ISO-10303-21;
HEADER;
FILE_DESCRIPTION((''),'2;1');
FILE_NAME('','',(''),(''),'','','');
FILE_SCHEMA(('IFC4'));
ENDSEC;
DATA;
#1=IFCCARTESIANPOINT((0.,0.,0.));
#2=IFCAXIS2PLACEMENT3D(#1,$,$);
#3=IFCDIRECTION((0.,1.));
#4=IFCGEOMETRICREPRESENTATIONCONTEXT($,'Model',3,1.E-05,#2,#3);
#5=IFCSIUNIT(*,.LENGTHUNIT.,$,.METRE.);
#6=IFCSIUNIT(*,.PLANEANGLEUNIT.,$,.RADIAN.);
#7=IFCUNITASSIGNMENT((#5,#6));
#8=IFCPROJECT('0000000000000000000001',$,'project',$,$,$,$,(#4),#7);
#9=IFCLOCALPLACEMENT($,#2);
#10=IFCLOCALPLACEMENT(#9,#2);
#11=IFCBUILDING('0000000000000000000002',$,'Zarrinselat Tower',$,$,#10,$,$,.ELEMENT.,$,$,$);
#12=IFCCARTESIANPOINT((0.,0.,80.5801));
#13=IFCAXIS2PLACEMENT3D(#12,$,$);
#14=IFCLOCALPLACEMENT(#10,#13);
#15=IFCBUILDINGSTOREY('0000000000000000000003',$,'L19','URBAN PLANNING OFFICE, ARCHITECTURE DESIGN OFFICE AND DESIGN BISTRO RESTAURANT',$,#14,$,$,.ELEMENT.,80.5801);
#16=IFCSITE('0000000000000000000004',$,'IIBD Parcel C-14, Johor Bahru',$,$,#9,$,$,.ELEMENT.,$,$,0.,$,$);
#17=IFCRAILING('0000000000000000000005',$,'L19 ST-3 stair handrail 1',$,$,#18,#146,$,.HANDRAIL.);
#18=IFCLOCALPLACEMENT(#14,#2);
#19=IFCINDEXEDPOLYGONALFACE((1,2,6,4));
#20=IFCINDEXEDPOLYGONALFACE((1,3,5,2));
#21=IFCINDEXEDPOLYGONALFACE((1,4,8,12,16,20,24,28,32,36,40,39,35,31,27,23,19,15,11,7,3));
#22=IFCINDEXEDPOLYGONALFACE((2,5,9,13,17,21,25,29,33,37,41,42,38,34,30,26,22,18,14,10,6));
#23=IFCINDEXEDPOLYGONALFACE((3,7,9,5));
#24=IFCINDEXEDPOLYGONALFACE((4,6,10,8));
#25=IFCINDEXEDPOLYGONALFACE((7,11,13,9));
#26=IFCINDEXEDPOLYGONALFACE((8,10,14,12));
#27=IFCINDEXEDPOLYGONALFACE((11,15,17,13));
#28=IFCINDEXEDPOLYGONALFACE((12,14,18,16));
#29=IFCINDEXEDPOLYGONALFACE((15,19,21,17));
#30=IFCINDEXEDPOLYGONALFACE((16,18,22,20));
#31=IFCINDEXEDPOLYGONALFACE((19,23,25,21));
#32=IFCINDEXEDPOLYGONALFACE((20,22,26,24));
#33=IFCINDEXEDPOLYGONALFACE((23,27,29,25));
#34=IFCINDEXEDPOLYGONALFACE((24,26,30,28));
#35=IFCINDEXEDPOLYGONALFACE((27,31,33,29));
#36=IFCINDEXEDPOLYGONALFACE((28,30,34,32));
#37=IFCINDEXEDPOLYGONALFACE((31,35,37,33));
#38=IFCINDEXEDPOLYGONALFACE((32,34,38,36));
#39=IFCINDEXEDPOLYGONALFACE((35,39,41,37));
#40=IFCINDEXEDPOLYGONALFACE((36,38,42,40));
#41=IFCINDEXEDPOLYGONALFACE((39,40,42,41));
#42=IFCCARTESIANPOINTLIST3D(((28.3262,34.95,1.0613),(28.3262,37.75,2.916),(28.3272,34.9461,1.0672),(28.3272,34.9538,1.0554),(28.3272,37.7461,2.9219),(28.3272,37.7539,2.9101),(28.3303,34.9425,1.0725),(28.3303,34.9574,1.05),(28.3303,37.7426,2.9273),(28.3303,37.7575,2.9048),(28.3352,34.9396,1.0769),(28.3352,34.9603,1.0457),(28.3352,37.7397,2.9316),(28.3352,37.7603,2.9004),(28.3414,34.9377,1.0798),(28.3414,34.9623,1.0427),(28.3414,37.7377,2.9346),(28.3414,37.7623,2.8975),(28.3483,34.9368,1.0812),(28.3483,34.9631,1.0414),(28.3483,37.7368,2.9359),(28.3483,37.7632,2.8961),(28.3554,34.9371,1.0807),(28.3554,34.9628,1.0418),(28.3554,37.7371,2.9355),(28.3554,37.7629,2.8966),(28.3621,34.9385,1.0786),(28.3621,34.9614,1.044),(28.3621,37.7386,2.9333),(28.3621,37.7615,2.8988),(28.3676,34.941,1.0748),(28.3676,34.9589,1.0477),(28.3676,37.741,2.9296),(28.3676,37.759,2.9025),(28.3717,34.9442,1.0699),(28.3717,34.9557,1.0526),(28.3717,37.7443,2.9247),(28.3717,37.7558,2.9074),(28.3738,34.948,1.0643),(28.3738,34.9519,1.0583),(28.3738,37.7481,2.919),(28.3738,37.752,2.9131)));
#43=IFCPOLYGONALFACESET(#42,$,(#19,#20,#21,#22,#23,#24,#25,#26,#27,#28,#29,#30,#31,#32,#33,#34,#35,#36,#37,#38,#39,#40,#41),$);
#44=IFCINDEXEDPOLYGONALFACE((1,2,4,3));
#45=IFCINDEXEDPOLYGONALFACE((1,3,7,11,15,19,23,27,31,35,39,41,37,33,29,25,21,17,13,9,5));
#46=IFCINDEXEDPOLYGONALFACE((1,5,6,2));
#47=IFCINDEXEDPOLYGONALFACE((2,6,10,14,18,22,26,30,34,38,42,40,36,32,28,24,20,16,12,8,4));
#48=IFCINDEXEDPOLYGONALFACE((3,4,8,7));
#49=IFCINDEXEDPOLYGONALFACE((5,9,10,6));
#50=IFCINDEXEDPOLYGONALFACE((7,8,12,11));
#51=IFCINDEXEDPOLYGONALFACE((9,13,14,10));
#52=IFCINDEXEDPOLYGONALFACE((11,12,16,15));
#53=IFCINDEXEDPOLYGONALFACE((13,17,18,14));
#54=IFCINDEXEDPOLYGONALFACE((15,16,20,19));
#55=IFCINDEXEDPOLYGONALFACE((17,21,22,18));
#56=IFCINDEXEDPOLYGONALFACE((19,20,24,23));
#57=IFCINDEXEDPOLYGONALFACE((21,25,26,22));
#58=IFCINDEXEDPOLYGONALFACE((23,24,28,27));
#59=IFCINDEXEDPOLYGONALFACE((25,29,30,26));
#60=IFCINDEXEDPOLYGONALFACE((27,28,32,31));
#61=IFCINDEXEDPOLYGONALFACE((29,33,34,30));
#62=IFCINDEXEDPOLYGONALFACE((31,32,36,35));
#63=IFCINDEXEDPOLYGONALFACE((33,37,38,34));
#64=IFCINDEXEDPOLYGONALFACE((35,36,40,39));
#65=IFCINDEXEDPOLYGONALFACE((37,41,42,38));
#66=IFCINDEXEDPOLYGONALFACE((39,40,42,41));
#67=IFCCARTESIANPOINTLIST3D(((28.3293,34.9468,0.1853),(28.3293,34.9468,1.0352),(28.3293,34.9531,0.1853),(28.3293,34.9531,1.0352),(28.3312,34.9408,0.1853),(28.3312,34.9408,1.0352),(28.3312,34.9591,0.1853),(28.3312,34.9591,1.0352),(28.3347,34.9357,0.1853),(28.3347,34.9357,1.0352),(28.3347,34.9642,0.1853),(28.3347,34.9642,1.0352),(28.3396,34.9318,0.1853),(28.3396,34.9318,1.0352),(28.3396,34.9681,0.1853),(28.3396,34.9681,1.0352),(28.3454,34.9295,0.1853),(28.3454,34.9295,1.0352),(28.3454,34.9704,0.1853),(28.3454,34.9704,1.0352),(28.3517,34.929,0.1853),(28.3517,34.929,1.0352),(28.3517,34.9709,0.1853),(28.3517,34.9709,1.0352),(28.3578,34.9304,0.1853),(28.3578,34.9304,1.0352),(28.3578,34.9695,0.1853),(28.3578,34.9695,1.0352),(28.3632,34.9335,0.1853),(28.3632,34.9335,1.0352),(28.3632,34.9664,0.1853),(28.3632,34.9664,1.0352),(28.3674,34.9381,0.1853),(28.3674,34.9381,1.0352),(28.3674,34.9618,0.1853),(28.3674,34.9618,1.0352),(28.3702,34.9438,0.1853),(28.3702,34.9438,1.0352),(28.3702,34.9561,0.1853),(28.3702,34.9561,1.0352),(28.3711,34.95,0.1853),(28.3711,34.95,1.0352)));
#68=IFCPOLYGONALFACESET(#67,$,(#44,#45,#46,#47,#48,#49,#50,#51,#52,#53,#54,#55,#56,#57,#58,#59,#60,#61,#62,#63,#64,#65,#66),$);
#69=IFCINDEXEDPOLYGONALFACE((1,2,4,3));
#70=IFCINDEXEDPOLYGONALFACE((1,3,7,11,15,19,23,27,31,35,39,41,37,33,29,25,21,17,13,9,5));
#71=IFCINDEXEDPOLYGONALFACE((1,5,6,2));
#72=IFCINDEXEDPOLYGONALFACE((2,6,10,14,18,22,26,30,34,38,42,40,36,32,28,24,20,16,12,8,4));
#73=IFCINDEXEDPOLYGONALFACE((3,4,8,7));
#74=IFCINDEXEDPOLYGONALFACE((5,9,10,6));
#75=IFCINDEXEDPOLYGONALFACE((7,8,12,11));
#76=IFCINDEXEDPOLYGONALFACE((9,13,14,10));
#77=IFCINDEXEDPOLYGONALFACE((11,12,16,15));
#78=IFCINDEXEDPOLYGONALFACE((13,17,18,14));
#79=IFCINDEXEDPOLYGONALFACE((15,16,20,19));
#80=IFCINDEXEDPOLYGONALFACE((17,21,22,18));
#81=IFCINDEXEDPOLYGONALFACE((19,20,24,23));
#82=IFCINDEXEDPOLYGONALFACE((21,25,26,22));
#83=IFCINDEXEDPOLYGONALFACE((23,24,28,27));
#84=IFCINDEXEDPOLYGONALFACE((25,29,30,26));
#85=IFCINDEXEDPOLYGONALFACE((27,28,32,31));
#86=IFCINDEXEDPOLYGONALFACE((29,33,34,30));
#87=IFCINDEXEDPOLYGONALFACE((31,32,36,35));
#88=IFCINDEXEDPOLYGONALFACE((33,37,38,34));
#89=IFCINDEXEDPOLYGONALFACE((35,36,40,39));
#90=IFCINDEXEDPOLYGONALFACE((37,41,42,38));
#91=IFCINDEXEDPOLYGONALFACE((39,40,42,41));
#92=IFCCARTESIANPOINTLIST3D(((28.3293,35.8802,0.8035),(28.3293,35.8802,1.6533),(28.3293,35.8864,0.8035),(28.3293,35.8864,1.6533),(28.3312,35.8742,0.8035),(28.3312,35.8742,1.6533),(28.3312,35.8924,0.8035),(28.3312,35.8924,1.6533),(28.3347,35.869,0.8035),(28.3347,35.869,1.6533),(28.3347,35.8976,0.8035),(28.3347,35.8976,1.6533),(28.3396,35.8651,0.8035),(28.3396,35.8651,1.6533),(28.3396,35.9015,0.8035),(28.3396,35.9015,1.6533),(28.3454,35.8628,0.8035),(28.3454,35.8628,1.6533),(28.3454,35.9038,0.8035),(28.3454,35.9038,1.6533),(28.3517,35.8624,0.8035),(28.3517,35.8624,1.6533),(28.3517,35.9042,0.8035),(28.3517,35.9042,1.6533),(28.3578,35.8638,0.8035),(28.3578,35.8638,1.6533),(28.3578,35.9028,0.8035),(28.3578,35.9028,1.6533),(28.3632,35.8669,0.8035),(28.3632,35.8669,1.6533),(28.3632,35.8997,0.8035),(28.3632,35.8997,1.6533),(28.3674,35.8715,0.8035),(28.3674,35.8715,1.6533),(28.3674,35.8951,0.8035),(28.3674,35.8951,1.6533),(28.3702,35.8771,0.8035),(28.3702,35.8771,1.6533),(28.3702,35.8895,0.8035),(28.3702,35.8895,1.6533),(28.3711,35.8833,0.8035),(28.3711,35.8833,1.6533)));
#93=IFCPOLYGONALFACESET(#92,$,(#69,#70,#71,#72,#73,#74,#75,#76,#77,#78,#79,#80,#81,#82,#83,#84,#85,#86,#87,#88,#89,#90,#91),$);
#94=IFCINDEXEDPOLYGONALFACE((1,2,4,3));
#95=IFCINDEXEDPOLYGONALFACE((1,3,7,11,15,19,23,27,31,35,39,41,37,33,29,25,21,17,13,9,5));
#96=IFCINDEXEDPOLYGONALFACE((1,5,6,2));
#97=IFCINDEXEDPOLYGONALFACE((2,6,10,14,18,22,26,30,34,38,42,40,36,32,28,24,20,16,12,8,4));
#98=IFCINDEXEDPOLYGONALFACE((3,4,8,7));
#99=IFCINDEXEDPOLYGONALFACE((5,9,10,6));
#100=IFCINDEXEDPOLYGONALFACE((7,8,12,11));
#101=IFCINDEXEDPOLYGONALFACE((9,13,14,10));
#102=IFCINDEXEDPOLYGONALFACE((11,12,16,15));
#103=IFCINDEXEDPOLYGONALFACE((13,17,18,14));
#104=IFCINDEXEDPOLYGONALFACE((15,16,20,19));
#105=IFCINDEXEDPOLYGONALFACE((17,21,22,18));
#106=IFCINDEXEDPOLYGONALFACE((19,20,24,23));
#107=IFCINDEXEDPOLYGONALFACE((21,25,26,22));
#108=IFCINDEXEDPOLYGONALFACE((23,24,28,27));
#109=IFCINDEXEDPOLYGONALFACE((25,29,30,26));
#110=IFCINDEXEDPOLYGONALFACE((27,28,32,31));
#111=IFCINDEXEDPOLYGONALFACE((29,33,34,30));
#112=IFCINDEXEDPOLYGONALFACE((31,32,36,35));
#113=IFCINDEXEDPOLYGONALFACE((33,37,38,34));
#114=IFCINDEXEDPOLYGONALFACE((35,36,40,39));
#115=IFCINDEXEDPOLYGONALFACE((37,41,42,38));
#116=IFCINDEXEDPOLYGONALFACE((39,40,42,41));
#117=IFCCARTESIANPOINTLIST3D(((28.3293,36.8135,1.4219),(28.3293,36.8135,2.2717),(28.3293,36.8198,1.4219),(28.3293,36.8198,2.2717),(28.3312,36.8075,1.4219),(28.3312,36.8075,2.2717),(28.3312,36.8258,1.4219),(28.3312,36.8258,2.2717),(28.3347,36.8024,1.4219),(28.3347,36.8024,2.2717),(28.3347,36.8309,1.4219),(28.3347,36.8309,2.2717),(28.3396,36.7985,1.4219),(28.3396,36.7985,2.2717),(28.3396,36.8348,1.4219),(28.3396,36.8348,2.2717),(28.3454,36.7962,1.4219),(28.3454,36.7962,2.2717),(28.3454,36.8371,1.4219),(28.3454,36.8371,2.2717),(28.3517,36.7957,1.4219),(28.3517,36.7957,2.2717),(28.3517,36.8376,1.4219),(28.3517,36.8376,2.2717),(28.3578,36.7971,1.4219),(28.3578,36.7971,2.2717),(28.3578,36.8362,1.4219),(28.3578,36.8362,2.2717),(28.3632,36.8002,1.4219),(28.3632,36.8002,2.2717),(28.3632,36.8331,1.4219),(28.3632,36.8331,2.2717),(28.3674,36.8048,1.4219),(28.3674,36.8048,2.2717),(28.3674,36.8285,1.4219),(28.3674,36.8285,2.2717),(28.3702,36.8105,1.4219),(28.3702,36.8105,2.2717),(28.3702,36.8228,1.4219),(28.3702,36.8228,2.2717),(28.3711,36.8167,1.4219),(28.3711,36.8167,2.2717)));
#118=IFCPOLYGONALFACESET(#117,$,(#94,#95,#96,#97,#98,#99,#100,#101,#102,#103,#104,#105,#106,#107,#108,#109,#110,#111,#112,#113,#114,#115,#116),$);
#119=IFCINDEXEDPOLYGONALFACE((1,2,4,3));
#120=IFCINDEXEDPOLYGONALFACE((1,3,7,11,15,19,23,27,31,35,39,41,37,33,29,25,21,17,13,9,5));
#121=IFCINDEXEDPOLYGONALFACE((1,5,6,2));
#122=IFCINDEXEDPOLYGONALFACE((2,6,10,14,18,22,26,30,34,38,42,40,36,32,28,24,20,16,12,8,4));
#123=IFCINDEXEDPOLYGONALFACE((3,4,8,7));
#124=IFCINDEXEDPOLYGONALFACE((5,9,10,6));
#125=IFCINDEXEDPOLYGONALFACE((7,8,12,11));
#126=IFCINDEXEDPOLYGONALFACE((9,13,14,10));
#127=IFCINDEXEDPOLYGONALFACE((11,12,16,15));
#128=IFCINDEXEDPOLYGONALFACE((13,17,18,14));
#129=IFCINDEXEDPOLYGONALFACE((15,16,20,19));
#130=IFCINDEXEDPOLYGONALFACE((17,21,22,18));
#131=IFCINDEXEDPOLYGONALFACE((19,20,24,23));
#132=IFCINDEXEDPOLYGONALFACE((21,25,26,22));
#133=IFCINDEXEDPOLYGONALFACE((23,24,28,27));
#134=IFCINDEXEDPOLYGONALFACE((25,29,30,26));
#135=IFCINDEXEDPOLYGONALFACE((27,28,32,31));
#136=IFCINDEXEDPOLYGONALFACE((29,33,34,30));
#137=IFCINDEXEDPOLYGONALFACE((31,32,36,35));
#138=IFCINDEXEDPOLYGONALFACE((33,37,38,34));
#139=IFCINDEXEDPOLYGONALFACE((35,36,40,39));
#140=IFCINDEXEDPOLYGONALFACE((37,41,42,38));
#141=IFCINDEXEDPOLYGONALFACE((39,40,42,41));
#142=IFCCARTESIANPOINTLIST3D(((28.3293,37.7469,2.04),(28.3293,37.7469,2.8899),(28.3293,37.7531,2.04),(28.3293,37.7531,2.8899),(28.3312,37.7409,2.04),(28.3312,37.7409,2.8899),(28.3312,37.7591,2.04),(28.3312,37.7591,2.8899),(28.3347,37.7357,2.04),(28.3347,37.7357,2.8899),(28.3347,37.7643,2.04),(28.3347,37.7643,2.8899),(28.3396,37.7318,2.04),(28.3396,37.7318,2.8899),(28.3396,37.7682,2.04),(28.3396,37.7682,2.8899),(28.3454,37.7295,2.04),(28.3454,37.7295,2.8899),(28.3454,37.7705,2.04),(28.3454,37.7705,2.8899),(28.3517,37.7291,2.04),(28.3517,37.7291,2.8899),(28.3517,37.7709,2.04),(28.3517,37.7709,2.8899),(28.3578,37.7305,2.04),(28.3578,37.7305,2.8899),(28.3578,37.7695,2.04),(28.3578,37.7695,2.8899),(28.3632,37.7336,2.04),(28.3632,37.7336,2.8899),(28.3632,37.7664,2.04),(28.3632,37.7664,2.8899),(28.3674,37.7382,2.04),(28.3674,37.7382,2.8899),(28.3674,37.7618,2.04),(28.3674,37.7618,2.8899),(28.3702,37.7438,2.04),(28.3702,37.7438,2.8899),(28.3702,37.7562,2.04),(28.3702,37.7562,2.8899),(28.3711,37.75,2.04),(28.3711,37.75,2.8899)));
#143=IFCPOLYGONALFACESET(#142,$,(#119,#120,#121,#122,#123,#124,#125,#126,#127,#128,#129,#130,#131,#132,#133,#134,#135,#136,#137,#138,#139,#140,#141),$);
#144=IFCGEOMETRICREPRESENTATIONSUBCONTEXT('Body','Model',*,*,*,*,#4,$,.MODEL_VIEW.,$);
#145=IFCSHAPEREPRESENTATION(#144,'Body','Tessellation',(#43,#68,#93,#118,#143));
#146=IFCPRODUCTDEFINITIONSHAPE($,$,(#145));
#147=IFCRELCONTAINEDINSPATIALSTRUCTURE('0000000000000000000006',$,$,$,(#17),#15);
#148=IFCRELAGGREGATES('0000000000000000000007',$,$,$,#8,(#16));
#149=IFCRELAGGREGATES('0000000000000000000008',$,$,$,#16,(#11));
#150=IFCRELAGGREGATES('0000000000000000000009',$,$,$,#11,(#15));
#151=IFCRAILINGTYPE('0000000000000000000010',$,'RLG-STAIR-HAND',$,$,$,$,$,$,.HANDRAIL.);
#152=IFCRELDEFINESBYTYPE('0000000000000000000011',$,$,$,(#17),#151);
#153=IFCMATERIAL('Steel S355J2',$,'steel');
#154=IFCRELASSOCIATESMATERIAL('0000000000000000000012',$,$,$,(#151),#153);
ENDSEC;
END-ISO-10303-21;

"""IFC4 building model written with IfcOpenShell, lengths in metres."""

from ifc_helpers import new_model, si_unit, direction, frame, origin, origin_2d, place, context, subcontext, project, spatial, circle, extrude, material, type_object, element, save


model = new_model("IFC4")

# Units and contexts
model_context = context("Model", 3, precision=1e-05, world=origin(), true_north=direction((0.0, 1.0)))
body_context = subcontext(model_context, "Body", "Model", "MODEL_VIEW")
ifc_project = project(units=[si_unit("LENGTHUNIT", "METRE"), si_unit("PLANEANGLEUNIT", "RADIAN")], contexts=[model_context])

# Site, building, storey
site_placement = place(None, origin())
site = spatial("IfcSite", under=ifc_project, at=site_placement, Name="IIBD Parcel C-14, Johor Bahru", CompositionType="ELEMENT", RefElevation=0.0)
building_placement = place(site_placement, origin())
building = spatial("IfcBuilding", under=site, at=building_placement, Name="Zarrinselat Tower", CompositionType="ELEMENT")
storey_placement = place(building_placement, frame((0.0, 0.0, 80.5801)))
storey = spatial("IfcBuildingStorey", under=building, at=storey_placement, Name="L19", Description="URBAN PLANNING OFFICE, ARCHITECTURE DESIGN OFFICE AND DESIGN BISTRO RESTAURANT", CompositionType="ELEMENT", Elevation=80.5801)

# Railing
ifc_material_1 = material(Name="Steel S355J2", Category="steel")
railing_type_1 = type_object("IfcRailingType", Name="RLG-STAIR-HAND", PredefinedType="HANDRAIL", material=ifc_material_1)
railing_1_placement = place(storey_placement, frame((28.3501, 34.95, 0.1853)))
element("IfcRailing", 1, at=railing_1_placement, inside=storey, type_object=railing_type_1, Name="L19 ST-3 stair handrail 1", PredefinedType="HANDRAIL", context=body_context, shape_type="SweptSolid", body=[
    extrude(circle(Radius=0.0239, at=origin_2d()), frame((0.0, 0.0, 0.876), z_axis=(0.0, 0.833691, 0.552232), x_axis=(-1.0, 0.0, 0.0)), (0.0, 0.0, 1.0), 3.3586),
    extrude(circle(Radius=0.021, at=origin_2d()), origin(), (0.0, 0.0, 1.0), 0.8499),
    extrude(circle(Radius=0.021, at=origin_2d()), frame((0.0, 0.9333, 0.6182)), (0.0, 0.0, 1.0), 0.8499),
    extrude(circle(Radius=0.021, at=origin_2d()), frame((0.0, 1.8667, 1.2366)), (0.0, 0.0, 1.0), 0.8499),
    extrude(circle(Radius=0.021, at=origin_2d()), frame((0.0, 2.8, 1.8547)), (0.0, 0.0, 1.0), 0.8499),
])

save(model, "model.ifc")
